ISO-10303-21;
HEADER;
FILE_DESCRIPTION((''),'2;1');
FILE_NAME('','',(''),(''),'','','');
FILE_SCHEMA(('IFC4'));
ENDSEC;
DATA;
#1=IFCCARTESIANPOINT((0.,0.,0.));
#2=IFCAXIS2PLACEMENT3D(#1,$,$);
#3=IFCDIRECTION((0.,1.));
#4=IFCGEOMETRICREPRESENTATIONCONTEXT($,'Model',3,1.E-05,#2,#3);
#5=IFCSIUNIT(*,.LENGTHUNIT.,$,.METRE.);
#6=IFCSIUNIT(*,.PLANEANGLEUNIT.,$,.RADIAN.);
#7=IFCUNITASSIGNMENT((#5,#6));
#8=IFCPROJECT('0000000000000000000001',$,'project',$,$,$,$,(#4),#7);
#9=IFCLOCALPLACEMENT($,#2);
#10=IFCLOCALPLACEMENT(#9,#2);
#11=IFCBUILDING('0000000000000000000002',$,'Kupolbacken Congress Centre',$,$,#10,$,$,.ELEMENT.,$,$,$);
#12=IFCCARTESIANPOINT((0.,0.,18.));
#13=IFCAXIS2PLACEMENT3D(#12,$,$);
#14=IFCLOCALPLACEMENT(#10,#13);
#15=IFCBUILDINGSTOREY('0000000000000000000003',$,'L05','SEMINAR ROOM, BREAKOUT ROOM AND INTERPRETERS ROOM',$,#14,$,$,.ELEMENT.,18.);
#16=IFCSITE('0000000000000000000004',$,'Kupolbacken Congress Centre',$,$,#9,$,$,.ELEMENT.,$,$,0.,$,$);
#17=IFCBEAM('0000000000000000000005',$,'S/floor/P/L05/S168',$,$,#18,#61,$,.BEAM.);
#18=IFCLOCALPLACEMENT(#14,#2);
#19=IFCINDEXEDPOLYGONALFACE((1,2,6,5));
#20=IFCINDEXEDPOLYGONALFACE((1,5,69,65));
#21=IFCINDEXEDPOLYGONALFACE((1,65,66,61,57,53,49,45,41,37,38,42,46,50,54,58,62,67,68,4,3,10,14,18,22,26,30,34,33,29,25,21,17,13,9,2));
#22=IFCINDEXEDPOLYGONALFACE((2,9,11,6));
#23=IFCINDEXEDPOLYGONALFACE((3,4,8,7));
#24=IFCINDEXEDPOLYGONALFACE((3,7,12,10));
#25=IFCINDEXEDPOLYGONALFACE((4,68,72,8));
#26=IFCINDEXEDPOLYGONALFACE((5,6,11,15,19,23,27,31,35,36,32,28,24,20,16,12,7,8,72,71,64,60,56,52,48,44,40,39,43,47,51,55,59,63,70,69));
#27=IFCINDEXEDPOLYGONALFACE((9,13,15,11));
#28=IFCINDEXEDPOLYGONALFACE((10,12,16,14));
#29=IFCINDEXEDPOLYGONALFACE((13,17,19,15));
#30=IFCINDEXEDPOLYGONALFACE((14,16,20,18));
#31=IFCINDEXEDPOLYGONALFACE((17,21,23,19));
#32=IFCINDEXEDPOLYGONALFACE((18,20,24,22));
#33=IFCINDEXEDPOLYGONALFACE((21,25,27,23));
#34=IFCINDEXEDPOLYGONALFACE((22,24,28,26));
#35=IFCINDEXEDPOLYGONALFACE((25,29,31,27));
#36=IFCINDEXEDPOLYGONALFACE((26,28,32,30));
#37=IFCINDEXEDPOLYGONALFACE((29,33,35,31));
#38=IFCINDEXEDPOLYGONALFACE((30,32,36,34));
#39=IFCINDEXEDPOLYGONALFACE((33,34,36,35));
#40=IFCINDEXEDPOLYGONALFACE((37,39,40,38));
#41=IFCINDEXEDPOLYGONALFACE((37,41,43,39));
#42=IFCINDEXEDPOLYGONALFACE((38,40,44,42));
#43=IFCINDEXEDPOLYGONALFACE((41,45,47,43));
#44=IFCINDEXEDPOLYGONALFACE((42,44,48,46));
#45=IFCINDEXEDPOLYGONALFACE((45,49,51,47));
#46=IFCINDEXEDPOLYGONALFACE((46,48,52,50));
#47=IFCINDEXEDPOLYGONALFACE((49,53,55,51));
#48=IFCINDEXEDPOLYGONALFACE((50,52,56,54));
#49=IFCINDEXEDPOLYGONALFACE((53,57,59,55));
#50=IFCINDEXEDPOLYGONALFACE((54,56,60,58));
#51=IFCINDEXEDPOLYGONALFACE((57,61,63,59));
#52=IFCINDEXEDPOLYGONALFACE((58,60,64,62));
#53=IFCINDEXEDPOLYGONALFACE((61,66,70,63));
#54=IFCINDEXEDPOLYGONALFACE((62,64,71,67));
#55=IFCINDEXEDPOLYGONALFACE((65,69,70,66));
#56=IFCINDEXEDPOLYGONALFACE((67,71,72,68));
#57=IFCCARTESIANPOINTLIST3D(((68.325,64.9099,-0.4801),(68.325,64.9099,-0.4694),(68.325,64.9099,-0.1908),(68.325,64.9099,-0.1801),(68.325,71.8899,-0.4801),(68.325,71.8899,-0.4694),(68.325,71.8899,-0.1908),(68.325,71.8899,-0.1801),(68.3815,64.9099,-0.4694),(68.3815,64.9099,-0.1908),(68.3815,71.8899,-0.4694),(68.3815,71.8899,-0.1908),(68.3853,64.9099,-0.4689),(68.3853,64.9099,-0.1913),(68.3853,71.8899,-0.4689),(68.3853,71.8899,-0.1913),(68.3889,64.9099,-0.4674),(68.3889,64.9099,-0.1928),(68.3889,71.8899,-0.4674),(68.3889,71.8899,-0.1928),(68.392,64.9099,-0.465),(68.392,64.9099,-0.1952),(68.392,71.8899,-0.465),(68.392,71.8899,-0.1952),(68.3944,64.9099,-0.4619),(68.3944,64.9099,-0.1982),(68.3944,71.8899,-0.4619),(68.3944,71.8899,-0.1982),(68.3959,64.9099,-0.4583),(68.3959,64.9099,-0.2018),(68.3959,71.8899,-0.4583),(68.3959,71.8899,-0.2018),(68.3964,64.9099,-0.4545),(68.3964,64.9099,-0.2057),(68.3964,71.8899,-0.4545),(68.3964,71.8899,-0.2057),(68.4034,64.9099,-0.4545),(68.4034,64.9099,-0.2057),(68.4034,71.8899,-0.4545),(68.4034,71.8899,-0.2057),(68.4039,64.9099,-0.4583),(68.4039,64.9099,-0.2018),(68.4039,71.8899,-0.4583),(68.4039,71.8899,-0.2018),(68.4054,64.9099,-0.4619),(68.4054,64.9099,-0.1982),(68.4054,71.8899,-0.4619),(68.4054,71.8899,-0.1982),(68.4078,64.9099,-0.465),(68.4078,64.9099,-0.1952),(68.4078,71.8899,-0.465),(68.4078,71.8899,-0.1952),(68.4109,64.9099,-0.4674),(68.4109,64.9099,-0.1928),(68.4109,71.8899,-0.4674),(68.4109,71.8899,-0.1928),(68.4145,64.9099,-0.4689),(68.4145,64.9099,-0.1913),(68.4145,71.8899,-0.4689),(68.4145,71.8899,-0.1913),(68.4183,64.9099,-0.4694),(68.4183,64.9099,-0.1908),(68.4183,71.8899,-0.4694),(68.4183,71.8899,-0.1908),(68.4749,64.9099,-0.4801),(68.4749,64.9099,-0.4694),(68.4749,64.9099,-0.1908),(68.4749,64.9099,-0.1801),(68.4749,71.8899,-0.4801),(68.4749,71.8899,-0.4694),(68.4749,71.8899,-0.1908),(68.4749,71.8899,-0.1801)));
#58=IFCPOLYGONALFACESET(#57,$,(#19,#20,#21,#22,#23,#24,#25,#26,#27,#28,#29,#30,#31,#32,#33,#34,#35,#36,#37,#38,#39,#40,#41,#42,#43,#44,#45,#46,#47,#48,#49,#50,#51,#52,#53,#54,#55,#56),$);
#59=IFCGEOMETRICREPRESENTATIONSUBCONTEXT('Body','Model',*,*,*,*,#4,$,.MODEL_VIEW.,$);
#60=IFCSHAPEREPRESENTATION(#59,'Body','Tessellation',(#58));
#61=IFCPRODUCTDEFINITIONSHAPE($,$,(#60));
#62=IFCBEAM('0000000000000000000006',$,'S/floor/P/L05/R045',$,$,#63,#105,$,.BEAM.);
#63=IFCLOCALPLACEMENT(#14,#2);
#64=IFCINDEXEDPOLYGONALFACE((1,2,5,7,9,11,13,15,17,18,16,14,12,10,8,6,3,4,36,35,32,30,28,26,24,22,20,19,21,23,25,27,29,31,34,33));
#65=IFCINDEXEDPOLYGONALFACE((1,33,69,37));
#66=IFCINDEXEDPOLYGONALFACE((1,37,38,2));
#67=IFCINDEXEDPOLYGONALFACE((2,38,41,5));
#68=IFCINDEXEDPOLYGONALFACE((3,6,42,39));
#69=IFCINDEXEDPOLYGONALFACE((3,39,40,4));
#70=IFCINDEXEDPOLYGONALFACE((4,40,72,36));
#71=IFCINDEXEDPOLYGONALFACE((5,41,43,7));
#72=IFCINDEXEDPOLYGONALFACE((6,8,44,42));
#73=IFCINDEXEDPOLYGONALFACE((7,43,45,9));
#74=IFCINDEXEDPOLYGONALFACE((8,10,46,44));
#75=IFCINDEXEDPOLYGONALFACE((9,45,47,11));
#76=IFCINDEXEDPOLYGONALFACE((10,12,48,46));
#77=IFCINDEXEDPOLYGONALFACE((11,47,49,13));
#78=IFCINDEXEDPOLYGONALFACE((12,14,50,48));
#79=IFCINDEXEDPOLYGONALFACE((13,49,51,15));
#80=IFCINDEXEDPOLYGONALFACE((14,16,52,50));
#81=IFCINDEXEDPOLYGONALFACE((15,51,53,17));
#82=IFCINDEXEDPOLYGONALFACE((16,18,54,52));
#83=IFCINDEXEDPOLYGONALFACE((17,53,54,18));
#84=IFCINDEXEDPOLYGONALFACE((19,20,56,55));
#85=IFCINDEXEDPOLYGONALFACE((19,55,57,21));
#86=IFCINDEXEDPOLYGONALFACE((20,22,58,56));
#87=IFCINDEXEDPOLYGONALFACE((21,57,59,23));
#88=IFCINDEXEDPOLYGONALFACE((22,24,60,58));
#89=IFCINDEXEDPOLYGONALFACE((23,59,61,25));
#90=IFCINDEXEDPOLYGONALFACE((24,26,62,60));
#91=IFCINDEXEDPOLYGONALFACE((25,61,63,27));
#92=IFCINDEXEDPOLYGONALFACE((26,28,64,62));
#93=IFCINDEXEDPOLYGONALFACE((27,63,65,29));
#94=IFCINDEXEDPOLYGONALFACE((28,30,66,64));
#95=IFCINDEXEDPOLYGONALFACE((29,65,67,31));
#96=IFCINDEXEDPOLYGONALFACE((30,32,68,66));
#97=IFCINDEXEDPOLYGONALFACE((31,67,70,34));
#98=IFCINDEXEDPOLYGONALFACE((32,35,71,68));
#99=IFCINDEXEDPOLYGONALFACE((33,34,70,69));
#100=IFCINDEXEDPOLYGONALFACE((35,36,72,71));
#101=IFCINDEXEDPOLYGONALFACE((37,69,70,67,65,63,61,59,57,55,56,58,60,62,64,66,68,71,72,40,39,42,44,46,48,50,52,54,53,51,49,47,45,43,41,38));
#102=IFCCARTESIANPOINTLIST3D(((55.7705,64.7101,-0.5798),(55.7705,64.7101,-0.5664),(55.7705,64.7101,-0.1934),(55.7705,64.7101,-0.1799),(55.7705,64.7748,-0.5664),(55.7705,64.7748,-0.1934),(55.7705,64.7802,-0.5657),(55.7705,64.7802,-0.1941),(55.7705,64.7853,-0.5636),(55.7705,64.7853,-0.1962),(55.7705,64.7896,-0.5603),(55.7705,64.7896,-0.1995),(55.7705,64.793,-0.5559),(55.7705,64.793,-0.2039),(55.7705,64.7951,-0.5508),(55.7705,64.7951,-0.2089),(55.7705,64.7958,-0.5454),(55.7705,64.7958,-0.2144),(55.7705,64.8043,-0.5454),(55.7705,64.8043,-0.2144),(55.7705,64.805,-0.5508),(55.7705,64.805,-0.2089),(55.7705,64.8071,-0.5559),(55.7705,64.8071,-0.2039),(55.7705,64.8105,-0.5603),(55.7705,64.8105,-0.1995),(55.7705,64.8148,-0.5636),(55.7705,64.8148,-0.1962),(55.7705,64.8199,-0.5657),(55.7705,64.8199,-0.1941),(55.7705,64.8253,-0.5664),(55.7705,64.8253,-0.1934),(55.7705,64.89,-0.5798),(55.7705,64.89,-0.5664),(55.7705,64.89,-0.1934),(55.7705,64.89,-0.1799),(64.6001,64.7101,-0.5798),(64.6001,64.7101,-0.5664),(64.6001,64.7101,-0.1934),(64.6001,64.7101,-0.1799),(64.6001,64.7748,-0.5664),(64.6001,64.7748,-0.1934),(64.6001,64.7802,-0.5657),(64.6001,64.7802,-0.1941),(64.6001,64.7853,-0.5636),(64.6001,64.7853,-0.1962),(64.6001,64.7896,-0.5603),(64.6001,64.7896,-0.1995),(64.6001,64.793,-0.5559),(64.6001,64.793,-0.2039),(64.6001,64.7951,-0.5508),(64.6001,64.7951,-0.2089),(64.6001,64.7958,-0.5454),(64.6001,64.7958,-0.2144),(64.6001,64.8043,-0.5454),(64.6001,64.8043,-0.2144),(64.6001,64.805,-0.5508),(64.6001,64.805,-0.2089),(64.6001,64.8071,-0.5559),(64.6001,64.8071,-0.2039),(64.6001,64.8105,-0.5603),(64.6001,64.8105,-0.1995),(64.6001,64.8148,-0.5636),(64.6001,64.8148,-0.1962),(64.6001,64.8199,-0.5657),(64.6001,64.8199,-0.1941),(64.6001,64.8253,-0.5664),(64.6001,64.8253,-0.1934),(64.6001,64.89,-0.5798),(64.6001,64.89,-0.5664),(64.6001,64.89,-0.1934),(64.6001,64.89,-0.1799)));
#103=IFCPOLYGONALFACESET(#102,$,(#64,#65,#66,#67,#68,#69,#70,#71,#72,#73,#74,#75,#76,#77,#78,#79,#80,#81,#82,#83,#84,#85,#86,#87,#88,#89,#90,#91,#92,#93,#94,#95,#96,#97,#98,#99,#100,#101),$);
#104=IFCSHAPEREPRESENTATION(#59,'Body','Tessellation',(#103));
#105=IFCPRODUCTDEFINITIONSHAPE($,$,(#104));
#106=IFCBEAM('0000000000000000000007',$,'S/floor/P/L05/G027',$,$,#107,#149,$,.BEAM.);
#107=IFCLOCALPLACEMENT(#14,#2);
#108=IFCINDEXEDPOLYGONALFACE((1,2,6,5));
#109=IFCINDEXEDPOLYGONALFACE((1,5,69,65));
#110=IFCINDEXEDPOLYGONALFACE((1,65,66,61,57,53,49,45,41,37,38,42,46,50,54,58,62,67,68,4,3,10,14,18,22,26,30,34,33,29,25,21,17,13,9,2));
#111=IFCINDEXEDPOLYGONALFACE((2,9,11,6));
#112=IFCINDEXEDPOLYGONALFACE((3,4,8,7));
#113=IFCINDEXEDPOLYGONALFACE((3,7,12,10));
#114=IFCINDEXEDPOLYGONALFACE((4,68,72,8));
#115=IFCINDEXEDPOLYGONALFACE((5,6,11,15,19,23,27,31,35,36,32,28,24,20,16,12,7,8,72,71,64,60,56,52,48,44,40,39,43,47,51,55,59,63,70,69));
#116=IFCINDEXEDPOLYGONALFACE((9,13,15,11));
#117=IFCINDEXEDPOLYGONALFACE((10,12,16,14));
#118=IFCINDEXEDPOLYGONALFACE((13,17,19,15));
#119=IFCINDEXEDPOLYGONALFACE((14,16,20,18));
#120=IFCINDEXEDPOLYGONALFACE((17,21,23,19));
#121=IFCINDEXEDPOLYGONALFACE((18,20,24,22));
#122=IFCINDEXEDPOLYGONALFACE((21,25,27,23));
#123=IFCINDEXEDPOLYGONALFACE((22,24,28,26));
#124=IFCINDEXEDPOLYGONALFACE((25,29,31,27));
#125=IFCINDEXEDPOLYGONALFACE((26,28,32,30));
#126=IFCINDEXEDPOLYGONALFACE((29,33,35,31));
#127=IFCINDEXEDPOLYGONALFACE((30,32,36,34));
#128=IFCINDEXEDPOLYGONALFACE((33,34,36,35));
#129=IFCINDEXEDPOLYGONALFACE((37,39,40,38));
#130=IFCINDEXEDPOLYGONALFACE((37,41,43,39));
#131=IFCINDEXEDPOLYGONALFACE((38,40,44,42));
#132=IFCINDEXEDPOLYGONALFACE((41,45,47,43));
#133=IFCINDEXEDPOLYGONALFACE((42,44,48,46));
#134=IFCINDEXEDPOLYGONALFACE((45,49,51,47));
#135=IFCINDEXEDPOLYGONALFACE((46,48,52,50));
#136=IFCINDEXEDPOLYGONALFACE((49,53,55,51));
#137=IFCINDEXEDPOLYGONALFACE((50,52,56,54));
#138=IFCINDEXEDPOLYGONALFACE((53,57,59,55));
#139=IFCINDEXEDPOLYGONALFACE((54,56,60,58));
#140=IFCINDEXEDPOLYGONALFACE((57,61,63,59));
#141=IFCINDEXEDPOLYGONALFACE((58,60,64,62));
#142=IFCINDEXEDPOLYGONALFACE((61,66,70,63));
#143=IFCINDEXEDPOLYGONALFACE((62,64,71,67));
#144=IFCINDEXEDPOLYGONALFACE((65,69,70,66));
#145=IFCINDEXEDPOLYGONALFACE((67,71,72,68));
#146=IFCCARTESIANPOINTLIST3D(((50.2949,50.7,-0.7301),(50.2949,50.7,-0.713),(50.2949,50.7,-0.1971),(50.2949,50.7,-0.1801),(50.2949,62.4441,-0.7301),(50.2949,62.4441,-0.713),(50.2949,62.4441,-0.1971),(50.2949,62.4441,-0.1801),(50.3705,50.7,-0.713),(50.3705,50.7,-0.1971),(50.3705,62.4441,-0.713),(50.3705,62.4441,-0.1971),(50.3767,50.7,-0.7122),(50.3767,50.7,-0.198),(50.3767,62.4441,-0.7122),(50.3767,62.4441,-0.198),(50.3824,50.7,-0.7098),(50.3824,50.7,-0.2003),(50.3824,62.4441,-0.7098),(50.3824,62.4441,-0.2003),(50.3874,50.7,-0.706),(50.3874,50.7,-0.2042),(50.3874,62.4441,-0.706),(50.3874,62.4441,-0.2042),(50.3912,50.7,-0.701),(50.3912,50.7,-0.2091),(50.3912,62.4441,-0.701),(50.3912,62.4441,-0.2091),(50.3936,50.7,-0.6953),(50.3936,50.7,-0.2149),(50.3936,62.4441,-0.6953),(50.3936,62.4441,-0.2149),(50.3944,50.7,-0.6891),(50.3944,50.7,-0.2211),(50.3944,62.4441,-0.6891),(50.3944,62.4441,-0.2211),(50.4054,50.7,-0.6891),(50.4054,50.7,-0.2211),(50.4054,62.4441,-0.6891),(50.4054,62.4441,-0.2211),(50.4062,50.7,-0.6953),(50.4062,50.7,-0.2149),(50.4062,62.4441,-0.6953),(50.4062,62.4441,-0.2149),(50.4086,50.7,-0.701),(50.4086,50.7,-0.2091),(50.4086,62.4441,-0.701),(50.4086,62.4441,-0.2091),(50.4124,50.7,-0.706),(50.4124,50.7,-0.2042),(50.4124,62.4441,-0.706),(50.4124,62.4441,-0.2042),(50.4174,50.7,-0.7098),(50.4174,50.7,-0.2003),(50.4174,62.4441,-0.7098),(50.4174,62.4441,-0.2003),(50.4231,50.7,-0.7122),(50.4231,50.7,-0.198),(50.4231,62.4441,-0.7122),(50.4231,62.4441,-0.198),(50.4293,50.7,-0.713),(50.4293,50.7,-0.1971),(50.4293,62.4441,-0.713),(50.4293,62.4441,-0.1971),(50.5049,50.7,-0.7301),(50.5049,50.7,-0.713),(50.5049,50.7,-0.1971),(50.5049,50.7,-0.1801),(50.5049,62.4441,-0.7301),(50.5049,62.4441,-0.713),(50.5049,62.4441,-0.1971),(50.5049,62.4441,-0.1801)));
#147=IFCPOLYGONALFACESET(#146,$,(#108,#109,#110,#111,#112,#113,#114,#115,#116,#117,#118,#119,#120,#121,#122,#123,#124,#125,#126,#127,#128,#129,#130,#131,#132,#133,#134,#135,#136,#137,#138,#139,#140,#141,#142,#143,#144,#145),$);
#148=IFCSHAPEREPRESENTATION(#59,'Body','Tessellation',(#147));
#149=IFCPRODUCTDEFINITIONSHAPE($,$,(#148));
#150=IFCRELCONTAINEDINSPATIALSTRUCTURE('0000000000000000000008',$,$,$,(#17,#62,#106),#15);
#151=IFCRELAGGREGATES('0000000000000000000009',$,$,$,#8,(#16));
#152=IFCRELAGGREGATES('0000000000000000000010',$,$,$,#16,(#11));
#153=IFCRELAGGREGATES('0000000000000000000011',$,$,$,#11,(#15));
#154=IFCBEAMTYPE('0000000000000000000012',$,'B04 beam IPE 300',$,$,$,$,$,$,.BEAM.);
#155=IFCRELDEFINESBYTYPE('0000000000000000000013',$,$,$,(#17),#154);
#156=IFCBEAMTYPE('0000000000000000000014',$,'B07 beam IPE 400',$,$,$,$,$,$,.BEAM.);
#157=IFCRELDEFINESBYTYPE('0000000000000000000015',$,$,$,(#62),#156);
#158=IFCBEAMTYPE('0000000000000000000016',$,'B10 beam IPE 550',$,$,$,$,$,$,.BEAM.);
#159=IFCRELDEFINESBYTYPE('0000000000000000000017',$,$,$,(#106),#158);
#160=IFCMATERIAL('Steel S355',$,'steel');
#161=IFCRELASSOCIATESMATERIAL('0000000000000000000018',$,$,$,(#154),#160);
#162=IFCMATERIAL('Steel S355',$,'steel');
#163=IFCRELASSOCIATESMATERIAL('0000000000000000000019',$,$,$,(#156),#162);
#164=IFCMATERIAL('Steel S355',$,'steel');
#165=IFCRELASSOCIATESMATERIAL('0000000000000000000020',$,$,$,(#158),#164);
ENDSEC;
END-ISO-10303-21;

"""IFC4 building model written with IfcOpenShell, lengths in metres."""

from ifc_helpers import new_model, si_unit, direction, frame, origin, origin_2d, place, context, subcontext, project, spatial, i_section, extrude, material, material_profile, profile_set, type_object, element, save


model = new_model("IFC4")

# Units and contexts
model_context = context("Model", 3, precision=1e-05, world=origin(), true_north=direction((0.0, 1.0)))
body_context = subcontext(model_context, "Body", "Model", "MODEL_VIEW")
ifc_project = project(units=[si_unit("LENGTHUNIT", "METRE"), si_unit("PLANEANGLEUNIT", "RADIAN")], contexts=[model_context])

# Site, building, storey
site_placement = place(None, origin())
site = spatial("IfcSite", under=ifc_project, at=site_placement, Name="Kupolbacken Congress Centre", CompositionType="ELEMENT", RefElevation=0.0)
building_placement = place(site_placement, origin())
building = spatial("IfcBuilding", under=site, at=building_placement, Name="Kupolbacken Congress Centre", CompositionType="ELEMENT")
storey_placement = place(building_placement, frame((0.0, 0.0, 18.0)))
storey = spatial("IfcBuildingStorey", under=building, at=storey_placement, Name="L05", Description="SEMINAR ROOM, BREAKOUT ROOM AND INTERPRETERS ROOM", CompositionType="ELEMENT", Elevation=18.0)

# Beams
ifc_material_1 = material(Name="Steel S355", Category="steel")
ifc_material_profile_1 = material_profile(ifc_material_1, i_section(OverallWidth=0.1499, OverallDepth=0.3, WebThickness=0.0071, FlangeThickness=0.0107, FilletRadius=0.0149, at=origin_2d()), Name="IPE 300")
ifc_profile_set_1 = profile_set([ifc_material_profile_1], Name="Steel S355")
beam_type_1 = type_object("IfcBeamType", Name="B04 beam IPE 300", PredefinedType="BEAM", material=ifc_profile_set_1)
for number, where, z_axis, x_axis, name in (
    (1, (68.3999, 64.9099, -0.3301), (0.0, 1.0, 0.0), (-1.0, 0.0, 0.0), "S/floor/P/L05/S168"),
):
    element("IfcBeam", number, at=place(storey_placement, frame(where, z_axis=z_axis, x_axis=x_axis)), inside=storey, type_object=beam_type_1, Name=name, PredefinedType="BEAM", context=body_context, shape_type="SweptSolid", body=[
        extrude(i_section(OverallWidth=0.1499, OverallDepth=0.3, WebThickness=0.0071, FlangeThickness=0.0107, FilletRadius=0.0149, at=origin_2d()), origin(), (0.0, 0.0, 1.0), 6.98),
    ])
ifc_material_2 = material(Name="Steel S355", Category="steel")
ifc_material_profile_2 = material_profile(ifc_material_2, i_section(OverallWidth=0.1799, OverallDepth=0.3999, WebThickness=0.0085, FlangeThickness=0.0134, FilletRadius=0.021, at=origin_2d()), Name="IPE 400")
ifc_profile_set_2 = profile_set([ifc_material_profile_2], Name="Steel S355")
beam_type_2 = type_object("IfcBeamType", Name="B07 beam IPE 400", PredefinedType="BEAM", material=ifc_profile_set_2)
beam_1_placement = place(storey_placement, frame((55.7705, 64.8, -0.3799), z_axis=(1.0, 0.0, 0.0), x_axis=(0.0, 1.0, 0.0)))
element("IfcBeam", 2, at=beam_1_placement, inside=storey, type_object=beam_type_2, Name="S/floor/P/L05/R045", PredefinedType="BEAM", context=body_context, shape_type="SweptSolid", body=[
    extrude(i_section(OverallWidth=0.1799, OverallDepth=0.3999, WebThickness=0.0085, FlangeThickness=0.0134, FilletRadius=0.021, at=origin_2d()), origin(), (0.0, 0.0, 1.0), 8.8296),
])
ifc_material_3 = material(Name="Steel S355", Category="steel")
ifc_material_profile_3 = material_profile(ifc_material_3, i_section(OverallWidth=0.21, OverallDepth=0.55, WebThickness=0.011, FlangeThickness=0.0171, FilletRadius=0.0239, at=origin_2d()), Name="IPE 550")
ifc_profile_set_3 = profile_set([ifc_material_profile_3], Name="Steel S355")
beam_type_3 = type_object("IfcBeamType", Name="B10 beam IPE 550", PredefinedType="BEAM", material=ifc_profile_set_3)
beam_2_placement = place(storey_placement, frame((50.3999, 50.7, -0.4551), z_axis=(0.0, 1.0, 0.0), x_axis=(-1.0, 0.0, 0.0)))
element("IfcBeam", 3, at=beam_2_placement, inside=storey, type_object=beam_type_3, Name="S/floor/P/L05/G027", PredefinedType="BEAM", context=body_context, shape_type="SweptSolid", body=[
    extrude(i_section(OverallWidth=0.21, OverallDepth=0.55, WebThickness=0.011, FlangeThickness=0.0171, FilletRadius=0.0239, at=origin_2d()), origin(), (0.0, 0.0, 1.0), 11.7441),
])

save(model, "model.ifc")
